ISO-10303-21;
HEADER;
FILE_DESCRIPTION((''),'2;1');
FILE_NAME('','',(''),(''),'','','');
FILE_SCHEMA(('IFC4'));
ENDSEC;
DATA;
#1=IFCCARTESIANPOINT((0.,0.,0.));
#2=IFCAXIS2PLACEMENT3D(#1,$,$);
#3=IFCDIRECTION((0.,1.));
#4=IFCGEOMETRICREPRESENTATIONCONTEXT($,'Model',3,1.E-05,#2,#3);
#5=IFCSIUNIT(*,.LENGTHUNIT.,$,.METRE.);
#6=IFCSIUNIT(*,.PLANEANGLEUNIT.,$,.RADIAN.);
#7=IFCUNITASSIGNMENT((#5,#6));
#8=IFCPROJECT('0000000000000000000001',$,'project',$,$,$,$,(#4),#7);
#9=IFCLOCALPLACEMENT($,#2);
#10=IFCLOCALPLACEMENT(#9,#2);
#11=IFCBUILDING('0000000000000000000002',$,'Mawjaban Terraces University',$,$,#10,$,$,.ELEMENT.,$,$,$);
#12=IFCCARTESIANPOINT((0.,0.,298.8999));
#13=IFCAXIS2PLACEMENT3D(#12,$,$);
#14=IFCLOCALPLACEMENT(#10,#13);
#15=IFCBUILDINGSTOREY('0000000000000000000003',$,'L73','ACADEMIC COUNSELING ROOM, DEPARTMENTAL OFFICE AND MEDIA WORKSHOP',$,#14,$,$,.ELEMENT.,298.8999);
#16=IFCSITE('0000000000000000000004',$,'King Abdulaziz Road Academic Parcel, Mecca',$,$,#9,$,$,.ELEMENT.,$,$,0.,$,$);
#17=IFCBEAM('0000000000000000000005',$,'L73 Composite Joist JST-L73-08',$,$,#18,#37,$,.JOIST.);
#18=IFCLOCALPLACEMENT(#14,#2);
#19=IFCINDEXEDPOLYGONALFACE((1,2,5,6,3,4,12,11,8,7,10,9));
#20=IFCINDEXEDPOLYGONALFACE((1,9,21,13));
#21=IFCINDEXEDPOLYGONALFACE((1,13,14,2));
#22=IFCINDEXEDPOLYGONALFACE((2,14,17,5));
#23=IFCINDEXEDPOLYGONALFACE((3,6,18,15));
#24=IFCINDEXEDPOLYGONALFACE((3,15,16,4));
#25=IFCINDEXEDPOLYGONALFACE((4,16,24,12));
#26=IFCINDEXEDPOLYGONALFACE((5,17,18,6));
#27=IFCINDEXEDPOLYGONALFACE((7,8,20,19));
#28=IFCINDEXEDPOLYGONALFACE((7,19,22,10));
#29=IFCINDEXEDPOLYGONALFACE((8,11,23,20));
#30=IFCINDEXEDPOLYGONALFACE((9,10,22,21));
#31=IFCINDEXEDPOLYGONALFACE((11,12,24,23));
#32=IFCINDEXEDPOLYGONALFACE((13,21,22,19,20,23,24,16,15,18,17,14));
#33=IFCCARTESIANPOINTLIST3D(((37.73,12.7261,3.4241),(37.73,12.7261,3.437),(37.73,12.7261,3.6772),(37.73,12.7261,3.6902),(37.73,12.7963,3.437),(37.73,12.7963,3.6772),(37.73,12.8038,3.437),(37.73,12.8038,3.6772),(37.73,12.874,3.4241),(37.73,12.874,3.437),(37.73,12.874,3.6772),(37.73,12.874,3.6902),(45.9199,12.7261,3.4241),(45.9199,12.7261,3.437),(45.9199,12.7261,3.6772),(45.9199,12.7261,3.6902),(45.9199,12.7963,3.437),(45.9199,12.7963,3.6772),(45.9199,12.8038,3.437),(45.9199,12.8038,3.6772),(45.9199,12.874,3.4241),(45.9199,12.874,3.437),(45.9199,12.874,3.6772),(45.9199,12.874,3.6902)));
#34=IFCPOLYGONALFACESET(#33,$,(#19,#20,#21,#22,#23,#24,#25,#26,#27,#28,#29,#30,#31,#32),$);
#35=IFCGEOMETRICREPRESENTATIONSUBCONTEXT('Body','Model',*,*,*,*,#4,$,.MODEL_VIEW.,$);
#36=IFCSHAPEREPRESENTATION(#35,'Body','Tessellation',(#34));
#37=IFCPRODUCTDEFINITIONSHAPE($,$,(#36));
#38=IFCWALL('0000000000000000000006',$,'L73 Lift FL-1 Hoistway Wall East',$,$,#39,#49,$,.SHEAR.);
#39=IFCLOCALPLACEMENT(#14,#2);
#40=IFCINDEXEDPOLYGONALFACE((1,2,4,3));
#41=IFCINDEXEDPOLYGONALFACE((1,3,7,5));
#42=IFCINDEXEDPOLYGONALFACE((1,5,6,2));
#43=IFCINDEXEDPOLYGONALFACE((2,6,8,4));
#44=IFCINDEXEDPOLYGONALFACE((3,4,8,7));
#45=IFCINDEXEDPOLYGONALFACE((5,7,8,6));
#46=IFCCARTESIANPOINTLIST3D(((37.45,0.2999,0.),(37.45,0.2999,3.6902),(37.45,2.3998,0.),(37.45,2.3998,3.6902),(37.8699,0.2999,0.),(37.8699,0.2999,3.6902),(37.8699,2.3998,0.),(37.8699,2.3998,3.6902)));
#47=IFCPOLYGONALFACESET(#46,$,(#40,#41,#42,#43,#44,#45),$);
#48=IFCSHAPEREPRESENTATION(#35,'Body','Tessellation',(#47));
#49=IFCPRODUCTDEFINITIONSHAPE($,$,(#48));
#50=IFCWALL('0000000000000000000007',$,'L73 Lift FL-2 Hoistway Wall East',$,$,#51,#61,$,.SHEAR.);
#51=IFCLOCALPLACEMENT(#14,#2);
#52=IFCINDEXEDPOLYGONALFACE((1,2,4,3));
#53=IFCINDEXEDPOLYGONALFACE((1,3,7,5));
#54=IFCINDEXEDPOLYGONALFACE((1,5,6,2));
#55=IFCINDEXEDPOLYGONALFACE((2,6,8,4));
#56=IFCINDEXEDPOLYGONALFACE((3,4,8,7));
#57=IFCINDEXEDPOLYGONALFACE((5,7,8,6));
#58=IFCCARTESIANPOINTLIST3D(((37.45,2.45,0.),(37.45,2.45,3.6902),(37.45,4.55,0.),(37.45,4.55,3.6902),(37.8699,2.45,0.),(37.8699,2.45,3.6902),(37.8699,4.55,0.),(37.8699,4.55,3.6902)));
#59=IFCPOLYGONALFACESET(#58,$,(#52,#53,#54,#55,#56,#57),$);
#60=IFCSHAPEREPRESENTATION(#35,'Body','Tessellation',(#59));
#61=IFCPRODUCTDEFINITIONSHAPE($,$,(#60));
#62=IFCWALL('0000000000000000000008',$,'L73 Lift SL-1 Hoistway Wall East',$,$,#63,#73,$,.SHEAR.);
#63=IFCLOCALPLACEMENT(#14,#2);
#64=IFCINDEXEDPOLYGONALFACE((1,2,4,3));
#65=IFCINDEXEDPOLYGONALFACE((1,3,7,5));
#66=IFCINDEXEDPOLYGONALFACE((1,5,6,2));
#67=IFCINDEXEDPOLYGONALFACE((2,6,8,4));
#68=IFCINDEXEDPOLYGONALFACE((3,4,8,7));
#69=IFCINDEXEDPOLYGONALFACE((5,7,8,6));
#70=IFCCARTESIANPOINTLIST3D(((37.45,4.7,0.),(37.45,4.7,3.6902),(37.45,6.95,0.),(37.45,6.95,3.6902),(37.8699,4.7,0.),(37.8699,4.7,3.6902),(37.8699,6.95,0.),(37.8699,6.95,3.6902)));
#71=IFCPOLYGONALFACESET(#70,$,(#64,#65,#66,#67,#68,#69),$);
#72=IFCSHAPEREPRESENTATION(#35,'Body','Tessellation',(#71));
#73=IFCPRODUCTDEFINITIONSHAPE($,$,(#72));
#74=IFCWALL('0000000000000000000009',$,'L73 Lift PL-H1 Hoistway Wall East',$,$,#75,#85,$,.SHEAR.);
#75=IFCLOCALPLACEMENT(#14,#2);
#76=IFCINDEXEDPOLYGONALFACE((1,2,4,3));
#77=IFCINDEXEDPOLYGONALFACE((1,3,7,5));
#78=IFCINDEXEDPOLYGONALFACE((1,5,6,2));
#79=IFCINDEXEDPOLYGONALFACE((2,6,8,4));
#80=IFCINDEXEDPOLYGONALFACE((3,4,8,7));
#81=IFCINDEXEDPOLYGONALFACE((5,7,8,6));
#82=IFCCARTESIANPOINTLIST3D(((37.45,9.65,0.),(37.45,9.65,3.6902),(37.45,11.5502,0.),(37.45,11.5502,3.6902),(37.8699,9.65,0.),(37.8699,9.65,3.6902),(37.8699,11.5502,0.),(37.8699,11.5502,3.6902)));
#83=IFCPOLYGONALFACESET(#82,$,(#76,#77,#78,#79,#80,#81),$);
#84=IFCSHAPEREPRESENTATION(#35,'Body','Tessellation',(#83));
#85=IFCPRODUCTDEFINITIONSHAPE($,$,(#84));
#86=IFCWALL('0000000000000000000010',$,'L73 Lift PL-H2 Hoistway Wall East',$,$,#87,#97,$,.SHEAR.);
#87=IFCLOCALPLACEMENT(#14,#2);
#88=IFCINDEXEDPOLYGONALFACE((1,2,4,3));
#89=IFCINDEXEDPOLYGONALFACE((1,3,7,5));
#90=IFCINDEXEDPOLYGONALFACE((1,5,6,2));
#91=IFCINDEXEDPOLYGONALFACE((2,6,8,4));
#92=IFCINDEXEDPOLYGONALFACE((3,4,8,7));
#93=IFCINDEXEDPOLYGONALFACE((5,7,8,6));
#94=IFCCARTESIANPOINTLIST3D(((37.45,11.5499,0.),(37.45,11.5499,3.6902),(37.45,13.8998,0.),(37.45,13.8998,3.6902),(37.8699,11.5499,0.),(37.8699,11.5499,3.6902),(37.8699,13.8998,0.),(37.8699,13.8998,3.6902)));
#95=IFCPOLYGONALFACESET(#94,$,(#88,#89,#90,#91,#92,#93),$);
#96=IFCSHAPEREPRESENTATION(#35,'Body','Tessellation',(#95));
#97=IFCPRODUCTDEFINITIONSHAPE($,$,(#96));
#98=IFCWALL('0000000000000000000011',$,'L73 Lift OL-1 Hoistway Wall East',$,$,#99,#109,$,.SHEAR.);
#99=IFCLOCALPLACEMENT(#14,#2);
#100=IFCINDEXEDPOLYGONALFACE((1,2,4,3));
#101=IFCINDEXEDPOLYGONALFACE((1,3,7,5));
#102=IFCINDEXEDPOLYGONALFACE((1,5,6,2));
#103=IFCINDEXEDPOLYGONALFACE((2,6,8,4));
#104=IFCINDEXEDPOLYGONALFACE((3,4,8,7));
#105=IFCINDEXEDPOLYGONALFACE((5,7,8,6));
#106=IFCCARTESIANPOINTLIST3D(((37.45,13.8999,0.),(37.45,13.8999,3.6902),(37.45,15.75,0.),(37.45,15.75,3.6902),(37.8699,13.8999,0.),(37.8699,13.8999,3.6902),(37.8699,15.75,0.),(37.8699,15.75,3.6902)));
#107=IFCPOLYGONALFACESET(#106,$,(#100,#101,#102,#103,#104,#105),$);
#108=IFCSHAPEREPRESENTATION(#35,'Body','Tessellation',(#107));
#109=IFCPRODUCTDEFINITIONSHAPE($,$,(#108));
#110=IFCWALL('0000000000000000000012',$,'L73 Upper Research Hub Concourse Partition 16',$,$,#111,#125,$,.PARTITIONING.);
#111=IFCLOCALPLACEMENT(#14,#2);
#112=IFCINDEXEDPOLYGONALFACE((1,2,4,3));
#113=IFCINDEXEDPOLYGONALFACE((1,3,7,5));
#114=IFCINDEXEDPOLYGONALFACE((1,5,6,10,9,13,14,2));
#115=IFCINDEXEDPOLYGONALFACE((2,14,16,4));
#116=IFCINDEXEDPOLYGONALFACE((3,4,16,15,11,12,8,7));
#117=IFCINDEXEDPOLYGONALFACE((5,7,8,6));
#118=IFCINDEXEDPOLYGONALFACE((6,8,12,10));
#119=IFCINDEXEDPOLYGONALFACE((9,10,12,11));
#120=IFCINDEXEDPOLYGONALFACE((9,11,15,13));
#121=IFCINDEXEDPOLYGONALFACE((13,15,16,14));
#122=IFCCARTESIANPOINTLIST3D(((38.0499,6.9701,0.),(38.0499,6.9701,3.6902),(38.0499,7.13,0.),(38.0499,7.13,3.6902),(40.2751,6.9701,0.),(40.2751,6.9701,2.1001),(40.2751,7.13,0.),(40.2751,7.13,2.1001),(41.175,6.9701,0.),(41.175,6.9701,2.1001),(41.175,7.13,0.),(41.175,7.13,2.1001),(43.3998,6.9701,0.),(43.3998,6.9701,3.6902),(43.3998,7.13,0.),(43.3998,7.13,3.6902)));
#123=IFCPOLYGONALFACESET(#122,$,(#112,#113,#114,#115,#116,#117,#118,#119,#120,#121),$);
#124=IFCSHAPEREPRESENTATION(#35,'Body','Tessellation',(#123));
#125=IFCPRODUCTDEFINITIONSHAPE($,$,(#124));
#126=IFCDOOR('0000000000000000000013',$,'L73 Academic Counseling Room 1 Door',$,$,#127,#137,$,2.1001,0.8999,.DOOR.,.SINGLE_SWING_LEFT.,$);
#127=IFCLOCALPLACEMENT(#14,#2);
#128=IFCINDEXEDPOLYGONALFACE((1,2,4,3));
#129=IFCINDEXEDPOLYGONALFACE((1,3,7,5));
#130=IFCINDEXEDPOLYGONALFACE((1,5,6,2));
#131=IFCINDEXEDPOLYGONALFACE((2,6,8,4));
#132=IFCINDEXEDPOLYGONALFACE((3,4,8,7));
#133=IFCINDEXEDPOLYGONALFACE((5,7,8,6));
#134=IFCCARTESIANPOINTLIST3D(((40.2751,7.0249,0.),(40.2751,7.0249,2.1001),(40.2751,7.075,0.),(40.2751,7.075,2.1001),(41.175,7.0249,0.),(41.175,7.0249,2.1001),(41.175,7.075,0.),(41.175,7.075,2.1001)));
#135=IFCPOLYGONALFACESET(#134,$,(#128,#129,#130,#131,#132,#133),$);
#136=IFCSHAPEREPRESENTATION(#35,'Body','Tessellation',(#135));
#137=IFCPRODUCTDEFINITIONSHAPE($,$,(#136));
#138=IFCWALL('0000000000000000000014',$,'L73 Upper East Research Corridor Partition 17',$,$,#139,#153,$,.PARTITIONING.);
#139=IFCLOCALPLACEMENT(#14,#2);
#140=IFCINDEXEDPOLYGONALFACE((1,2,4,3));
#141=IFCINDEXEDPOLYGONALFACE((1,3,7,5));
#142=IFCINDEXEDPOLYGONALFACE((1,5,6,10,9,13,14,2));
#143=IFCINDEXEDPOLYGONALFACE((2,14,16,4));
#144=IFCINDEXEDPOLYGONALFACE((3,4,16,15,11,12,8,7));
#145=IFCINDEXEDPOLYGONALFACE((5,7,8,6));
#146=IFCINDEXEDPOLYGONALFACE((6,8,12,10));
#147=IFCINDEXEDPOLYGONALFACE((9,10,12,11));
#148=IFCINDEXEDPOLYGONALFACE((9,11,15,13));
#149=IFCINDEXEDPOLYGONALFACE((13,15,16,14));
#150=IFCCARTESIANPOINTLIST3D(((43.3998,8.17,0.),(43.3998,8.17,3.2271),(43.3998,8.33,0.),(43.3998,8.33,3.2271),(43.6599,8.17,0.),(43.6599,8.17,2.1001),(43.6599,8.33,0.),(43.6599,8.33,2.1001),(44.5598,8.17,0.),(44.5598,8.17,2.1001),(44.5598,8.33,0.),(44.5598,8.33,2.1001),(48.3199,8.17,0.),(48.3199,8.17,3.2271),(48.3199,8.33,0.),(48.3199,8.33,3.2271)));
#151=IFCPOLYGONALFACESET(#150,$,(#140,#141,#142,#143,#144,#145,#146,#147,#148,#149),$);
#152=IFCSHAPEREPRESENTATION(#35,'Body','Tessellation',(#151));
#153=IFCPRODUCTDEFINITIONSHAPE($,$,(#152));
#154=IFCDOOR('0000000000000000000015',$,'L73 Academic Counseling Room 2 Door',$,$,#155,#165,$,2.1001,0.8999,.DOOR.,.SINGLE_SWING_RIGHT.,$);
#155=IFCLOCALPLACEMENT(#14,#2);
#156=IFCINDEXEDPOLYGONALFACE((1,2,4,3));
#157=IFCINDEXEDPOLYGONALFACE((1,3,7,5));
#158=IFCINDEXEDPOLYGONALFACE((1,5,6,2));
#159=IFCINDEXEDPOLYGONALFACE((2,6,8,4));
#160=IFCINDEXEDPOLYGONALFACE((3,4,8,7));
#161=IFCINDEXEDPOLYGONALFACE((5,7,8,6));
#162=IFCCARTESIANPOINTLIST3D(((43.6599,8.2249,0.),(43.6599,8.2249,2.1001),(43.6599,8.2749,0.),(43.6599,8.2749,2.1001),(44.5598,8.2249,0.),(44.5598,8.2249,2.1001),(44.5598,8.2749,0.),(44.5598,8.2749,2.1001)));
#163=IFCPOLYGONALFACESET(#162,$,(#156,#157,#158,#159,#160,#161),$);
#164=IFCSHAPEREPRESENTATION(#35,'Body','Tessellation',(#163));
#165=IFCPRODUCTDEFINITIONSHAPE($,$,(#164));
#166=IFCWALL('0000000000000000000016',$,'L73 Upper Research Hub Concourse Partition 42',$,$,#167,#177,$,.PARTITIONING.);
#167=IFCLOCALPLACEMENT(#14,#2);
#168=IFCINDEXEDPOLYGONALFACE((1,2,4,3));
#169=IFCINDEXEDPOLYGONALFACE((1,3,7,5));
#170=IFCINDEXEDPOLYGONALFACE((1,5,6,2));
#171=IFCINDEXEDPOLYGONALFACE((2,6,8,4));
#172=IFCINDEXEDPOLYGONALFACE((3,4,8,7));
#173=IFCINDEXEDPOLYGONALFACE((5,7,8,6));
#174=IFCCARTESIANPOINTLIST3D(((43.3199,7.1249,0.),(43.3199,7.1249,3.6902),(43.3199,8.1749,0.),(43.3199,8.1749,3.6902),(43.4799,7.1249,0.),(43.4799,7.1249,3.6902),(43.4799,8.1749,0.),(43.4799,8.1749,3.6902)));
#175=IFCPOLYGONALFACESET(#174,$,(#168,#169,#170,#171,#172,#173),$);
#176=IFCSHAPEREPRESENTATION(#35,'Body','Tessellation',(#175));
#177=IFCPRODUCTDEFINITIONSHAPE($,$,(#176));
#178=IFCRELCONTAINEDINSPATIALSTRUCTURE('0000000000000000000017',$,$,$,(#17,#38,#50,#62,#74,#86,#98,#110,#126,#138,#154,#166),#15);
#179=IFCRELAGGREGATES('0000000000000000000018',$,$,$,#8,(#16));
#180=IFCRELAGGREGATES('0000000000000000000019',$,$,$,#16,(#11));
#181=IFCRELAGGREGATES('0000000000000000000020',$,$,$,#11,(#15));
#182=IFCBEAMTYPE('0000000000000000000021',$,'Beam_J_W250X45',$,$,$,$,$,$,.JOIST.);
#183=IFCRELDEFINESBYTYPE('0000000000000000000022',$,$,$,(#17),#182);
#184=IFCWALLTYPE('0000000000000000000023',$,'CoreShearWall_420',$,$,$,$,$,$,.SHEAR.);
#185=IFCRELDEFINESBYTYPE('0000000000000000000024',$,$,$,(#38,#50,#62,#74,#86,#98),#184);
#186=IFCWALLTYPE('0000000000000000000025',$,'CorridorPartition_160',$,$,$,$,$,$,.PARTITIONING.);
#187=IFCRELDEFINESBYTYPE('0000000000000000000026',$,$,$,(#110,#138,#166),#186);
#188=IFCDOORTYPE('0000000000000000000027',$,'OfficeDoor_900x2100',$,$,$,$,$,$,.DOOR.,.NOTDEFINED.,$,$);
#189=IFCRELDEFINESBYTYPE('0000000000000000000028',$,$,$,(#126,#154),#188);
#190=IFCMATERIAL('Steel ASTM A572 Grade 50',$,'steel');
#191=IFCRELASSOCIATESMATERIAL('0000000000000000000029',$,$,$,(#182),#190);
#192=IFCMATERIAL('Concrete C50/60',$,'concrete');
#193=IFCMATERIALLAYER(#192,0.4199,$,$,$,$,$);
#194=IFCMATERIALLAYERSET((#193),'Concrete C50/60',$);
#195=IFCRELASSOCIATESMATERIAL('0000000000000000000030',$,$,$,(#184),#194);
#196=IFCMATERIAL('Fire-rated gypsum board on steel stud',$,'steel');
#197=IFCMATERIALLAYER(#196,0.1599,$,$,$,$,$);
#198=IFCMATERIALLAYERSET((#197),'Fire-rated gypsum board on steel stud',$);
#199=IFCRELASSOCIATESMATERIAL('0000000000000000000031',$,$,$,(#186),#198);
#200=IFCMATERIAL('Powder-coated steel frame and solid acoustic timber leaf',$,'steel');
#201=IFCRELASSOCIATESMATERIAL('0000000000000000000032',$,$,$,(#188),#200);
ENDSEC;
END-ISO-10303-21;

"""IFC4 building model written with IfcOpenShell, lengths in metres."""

from ifc_helpers import new_model, si_unit, direction, frame, frame_2d, origin, origin_2d, place, context, subcontext, project, spatial, rectangle, i_section, extrude, material, layer, layer_set, material_profile, profile_set, type_object, element, fill, save


model = new_model("IFC4")

# Units and contexts
model_context = context("Model", 3, precision=1e-05, world=origin(), true_north=direction((0.0, 1.0)))
body_context = subcontext(model_context, "Body", "Model", "MODEL_VIEW")
ifc_project = project(units=[si_unit("LENGTHUNIT", "METRE"), si_unit("PLANEANGLEUNIT", "RADIAN")], contexts=[model_context])

# Site, building, storey
site_placement = place(None, origin())
site = spatial("IfcSite", under=ifc_project, at=site_placement, Name="King Abdulaziz Road Academic Parcel, Mecca", CompositionType="ELEMENT", RefElevation=0.0)
building_placement = place(site_placement, origin())
building = spatial("IfcBuilding", under=site, at=building_placement, Name="Mawjaban Terraces University", CompositionType="ELEMENT")
storey_placement = place(building_placement, frame((0.0, 0.0, 298.8999)))
storey = spatial("IfcBuildingStorey", under=building, at=storey_placement, Name="L73", Description="ACADEMIC COUNSELING ROOM, DEPARTMENTAL OFFICE AND MEDIA WORKSHOP", CompositionType="ELEMENT", Elevation=298.8999)

# Shared definitions
ifc_material_1 = material(Name="Concrete C50/60", Category="concrete")

# Beam
ifc_material_2 = material(Name="Steel ASTM A572 Grade 50", Category="steel")
ifc_material_profile_1 = material_profile(ifc_material_2, i_section(OverallWidth=0.1479, OverallDepth=0.2661, WebThickness=0.0076, FlangeThickness=0.0129, at=origin_2d()), Name="W250X45")
ifc_profile_set_1 = profile_set([ifc_material_profile_1], Name="Steel ASTM A572 Grade 50")
beam_type_1 = type_object("IfcBeamType", Name="Beam_J_W250X45", PredefinedType="JOIST", material=ifc_profile_set_1)
for number, where, z_axis, x_axis, name in (
    (1, (37.73, 12.8, 3.5571), (1.0, 0.0, 0.0), (0.0, 1.0, 0.0), "L73 Composite Joist JST-L73-08"),
):
    element("IfcBeam", number, at=place(storey_placement, frame(where, z_axis=z_axis, x_axis=x_axis)), inside=storey, type_object=beam_type_1, Name=name, PredefinedType="JOIST", context=body_context, shape_type="SweptSolid", body=[
        extrude(i_section(OverallWidth=0.1479, OverallDepth=0.2661, WebThickness=0.0076, FlangeThickness=0.0129, at=origin_2d()), origin(), (0.0, 0.0, 1.0), 8.1899),
    ])

# Walls
ifc_layer_1 = layer(ifc_material_1, 0.4199)
ifc_layer_set_1 = layer_set([ifc_layer_1], Name="Concrete C50/60")
wall_type_1 = type_object("IfcWallType", Name="CoreShearWall_420", PredefinedType="SHEAR", material=ifc_layer_set_1)
wall_1_placement = place(storey_placement, frame((37.6599, 0.3, 0.0), z_axis=(0.0, 0.0, 1.0), x_axis=(0.0, 1.0, 0.0)))
element("IfcWall", 2, at=wall_1_placement, inside=storey, type_object=wall_type_1, Name="L73 Lift FL-1 Hoistway Wall East", PredefinedType="SHEAR", context=body_context, shape_type="SweptSolid", body=[
    extrude(rectangle(XDim=2.0999, YDim=0.4199, at=frame_2d((1.0498, 0.0))), origin(), (0.0, 0.0, 1.0), 3.6902),
])
wall_2_placement = place(storey_placement, frame((37.6599, 2.45, 0.0), z_axis=(0.0, 0.0, 1.0), x_axis=(0.0, 1.0, 0.0)))
element("IfcWall", 3, at=wall_2_placement, inside=storey, type_object=wall_type_1, Name="L73 Lift FL-2 Hoistway Wall East", PredefinedType="SHEAR", context=body_context, shape_type="SweptSolid", body=[
    extrude(rectangle(XDim=2.1001, YDim=0.4199, at=frame_2d((1.05, 0.0))), origin(), (0.0, 0.0, 1.0), 3.6902),
])
wall_3_placement = place(storey_placement, frame((37.6599, 4.7, 0.0), z_axis=(0.0, 0.0, 1.0), x_axis=(0.0, 1.0, 0.0)))
element("IfcWall", 4, at=wall_3_placement, inside=storey, type_object=wall_type_1, Name="L73 Lift SL-1 Hoistway Wall East", PredefinedType="SHEAR", context=body_context, shape_type="SweptSolid", body=[
    extrude(rectangle(XDim=2.25, YDim=0.4199, at=frame_2d((1.125, 0.0))), origin(), (0.0, 0.0, 1.0), 3.6902),
])
wall_4_placement = place(storey_placement, frame((37.6599, 9.6499, 0.0), z_axis=(0.0, 0.0, 1.0), x_axis=(0.0, 1.0, 0.0)))
element("IfcWall", 5, at=wall_4_placement, inside=storey, type_object=wall_type_1, Name="L73 Lift PL-H1 Hoistway Wall East", PredefinedType="SHEAR", context=body_context, shape_type="SweptSolid", body=[
    extrude(rectangle(XDim=1.9001, YDim=0.4199, at=frame_2d((0.9502, 0.0))), origin(), (0.0, 0.0, 1.0), 3.6902),
])
wall_5_placement = place(storey_placement, frame((37.6599, 11.55, 0.0), z_axis=(0.0, 0.0, 1.0), x_axis=(0.0, 1.0, 0.0)))
element("IfcWall", 6, at=wall_5_placement, inside=storey, type_object=wall_type_1, Name="L73 Lift PL-H2 Hoistway Wall East", PredefinedType="SHEAR", context=body_context, shape_type="SweptSolid", body=[
    extrude(rectangle(XDim=2.3499, YDim=0.4199, at=frame_2d((1.1748, 0.0))), origin(), (0.0, 0.0, 1.0), 3.6902),
])
wall_6_placement = place(storey_placement, frame((37.6599, 13.8999, 0.0), z_axis=(0.0, 0.0, 1.0), x_axis=(0.0, 1.0, 0.0)))
element("IfcWall", 7, at=wall_6_placement, inside=storey, type_object=wall_type_1, Name="L73 Lift OL-1 Hoistway Wall East", PredefinedType="SHEAR", context=body_context, shape_type="SweptSolid", body=[
    extrude(rectangle(XDim=1.8501, YDim=0.4199, at=frame_2d((0.925, 0.0))), origin(), (0.0, 0.0, 1.0), 3.6902),
])

# Walls, openings, doors
ifc_material_3 = material(Name="Fire-rated gypsum board on steel stud", Category="steel")
ifc_layer_2 = layer(ifc_material_3, 0.1599)
ifc_layer_set_2 = layer_set([ifc_layer_2], Name="Fire-rated gypsum board on steel stud")
wall_type_2 = type_object("IfcWallType", Name="CorridorPartition_160", PredefinedType="PARTITIONING", material=ifc_layer_set_2)
wall_7_placement = place(storey_placement, frame((38.05, 7.05, 0.0), z_axis=(0.0, 0.0, 1.0), x_axis=(1.0, 0.0, 0.0)))
wall_7 = element("IfcWall", 8, at=wall_7_placement, inside=storey, type_object=wall_type_2, Name="L73 Upper Research Hub Concourse Partition 16", PredefinedType="PARTITIONING", context=body_context, shape_type="SweptSolid", body=[
    extrude(rectangle(XDim=5.3499, YDim=0.1599, at=frame_2d((2.6748, 0.0))), origin(), (0.0, 0.0, 1.0), 3.6902),
])
opening_1_placement = place(wall_7_placement, frame((2.2251, 0.0, 0.0)))
opening_1 = element("IfcOpeningElement", 9, at=opening_1_placement, cuts=wall_7, PredefinedType="OPENING", context=body_context, shape_type="SweptSolid", body=[
    extrude(rectangle(XDim=0.8999, YDim=2.1001, at=frame_2d((0.45, 1.05))), frame((0.0, 0.0898, 0.0), z_axis=(0.0, -1.0, 0.0), x_axis=(1.0, 0.0, 0.0)), (0.0, 0.0, 1.0), 0.1799),
])
ifc_material_4 = material(Name="Powder-coated steel frame and solid acoustic timber leaf", Category="steel")
door_type = type_object("IfcDoorType", Name="OfficeDoor_900x2100", OperationType="NOTDEFINED", PredefinedType="DOOR", material=ifc_material_4)
door_1_placement = place(opening_1_placement, origin())
door_1 = element("IfcDoor", 10, at=door_1_placement, inside=storey, type_object=door_type, Name="L73 Academic Counseling Room 1 Door", OperationType="SINGLE_SWING_LEFT", OverallHeight=2.1001, OverallWidth=0.8999, PredefinedType="DOOR", context=body_context, shape_type="SweptSolid", body=[
    extrude(rectangle(XDim=0.8999, YDim=2.1001, at=frame_2d((0.45, 1.05))), frame((0.0, 0.0249, 0.0), z_axis=(0.0, -1.0, 0.0), x_axis=(1.0, 0.0, 0.0)), (0.0, 0.0, 1.0), 0.05),
])
fill(opening_1, door_1)
wall_8_placement = place(storey_placement, frame((43.3999, 8.25, 0.0), z_axis=(0.0, 0.0, 1.0), x_axis=(1.0, 0.0, 0.0)))
wall_8 = element("IfcWall", 11, at=wall_8_placement, inside=storey, type_object=wall_type_2, Name="L73 Upper East Research Corridor Partition 17", PredefinedType="PARTITIONING", context=body_context, shape_type="SweptSolid", body=[
    extrude(rectangle(XDim=4.9202, YDim=0.1599, at=frame_2d((2.46, 0.0))), origin(), (0.0, 0.0, 1.0), 3.2271),
])
opening_2_placement = place(wall_8_placement, frame((0.26, 0.0, 0.0)))
opening_2 = element("IfcOpeningElement", 12, at=opening_2_placement, cuts=wall_8, PredefinedType="OPENING", context=body_context, shape_type="SweptSolid", body=[
    extrude(rectangle(XDim=0.8999, YDim=2.1001, at=frame_2d((0.45, 1.05))), frame((0.0, 0.0898, 0.0), z_axis=(0.0, -1.0, 0.0), x_axis=(1.0, 0.0, 0.0)), (0.0, 0.0, 1.0), 0.1799),
])
door_2_placement = place(opening_2_placement, origin())
door_2 = element("IfcDoor", 13, at=door_2_placement, inside=storey, type_object=door_type, Name="L73 Academic Counseling Room 2 Door", OperationType="SINGLE_SWING_RIGHT", OverallHeight=2.1001, OverallWidth=0.8999, PredefinedType="DOOR", context=body_context, shape_type="SweptSolid", body=[
    extrude(rectangle(XDim=0.8999, YDim=2.1001, at=frame_2d((0.45, 1.05))), frame((0.0, 0.0249, 0.0), z_axis=(0.0, -1.0, 0.0), x_axis=(1.0, 0.0, 0.0)), (0.0, 0.0, 1.0), 0.05),
])
fill(opening_2, door_2)

# Wall
wall_9_placement = place(storey_placement, frame((43.3999, 7.125, 0.0), z_axis=(0.0, 0.0, 1.0), x_axis=(0.0, 1.0, 0.0)))
element("IfcWall", 14, at=wall_9_placement, inside=storey, type_object=wall_type_2, Name="L73 Upper Research Hub Concourse Partition 42", PredefinedType="PARTITIONING", context=body_context, shape_type="SweptSolid", body=[
    extrude(rectangle(XDim=1.05, YDim=0.1599, at=frame_2d((0.5249, 0.0))), origin(), (0.0, 0.0, 1.0), 3.6902),
])

save(model, "model.ifc")
